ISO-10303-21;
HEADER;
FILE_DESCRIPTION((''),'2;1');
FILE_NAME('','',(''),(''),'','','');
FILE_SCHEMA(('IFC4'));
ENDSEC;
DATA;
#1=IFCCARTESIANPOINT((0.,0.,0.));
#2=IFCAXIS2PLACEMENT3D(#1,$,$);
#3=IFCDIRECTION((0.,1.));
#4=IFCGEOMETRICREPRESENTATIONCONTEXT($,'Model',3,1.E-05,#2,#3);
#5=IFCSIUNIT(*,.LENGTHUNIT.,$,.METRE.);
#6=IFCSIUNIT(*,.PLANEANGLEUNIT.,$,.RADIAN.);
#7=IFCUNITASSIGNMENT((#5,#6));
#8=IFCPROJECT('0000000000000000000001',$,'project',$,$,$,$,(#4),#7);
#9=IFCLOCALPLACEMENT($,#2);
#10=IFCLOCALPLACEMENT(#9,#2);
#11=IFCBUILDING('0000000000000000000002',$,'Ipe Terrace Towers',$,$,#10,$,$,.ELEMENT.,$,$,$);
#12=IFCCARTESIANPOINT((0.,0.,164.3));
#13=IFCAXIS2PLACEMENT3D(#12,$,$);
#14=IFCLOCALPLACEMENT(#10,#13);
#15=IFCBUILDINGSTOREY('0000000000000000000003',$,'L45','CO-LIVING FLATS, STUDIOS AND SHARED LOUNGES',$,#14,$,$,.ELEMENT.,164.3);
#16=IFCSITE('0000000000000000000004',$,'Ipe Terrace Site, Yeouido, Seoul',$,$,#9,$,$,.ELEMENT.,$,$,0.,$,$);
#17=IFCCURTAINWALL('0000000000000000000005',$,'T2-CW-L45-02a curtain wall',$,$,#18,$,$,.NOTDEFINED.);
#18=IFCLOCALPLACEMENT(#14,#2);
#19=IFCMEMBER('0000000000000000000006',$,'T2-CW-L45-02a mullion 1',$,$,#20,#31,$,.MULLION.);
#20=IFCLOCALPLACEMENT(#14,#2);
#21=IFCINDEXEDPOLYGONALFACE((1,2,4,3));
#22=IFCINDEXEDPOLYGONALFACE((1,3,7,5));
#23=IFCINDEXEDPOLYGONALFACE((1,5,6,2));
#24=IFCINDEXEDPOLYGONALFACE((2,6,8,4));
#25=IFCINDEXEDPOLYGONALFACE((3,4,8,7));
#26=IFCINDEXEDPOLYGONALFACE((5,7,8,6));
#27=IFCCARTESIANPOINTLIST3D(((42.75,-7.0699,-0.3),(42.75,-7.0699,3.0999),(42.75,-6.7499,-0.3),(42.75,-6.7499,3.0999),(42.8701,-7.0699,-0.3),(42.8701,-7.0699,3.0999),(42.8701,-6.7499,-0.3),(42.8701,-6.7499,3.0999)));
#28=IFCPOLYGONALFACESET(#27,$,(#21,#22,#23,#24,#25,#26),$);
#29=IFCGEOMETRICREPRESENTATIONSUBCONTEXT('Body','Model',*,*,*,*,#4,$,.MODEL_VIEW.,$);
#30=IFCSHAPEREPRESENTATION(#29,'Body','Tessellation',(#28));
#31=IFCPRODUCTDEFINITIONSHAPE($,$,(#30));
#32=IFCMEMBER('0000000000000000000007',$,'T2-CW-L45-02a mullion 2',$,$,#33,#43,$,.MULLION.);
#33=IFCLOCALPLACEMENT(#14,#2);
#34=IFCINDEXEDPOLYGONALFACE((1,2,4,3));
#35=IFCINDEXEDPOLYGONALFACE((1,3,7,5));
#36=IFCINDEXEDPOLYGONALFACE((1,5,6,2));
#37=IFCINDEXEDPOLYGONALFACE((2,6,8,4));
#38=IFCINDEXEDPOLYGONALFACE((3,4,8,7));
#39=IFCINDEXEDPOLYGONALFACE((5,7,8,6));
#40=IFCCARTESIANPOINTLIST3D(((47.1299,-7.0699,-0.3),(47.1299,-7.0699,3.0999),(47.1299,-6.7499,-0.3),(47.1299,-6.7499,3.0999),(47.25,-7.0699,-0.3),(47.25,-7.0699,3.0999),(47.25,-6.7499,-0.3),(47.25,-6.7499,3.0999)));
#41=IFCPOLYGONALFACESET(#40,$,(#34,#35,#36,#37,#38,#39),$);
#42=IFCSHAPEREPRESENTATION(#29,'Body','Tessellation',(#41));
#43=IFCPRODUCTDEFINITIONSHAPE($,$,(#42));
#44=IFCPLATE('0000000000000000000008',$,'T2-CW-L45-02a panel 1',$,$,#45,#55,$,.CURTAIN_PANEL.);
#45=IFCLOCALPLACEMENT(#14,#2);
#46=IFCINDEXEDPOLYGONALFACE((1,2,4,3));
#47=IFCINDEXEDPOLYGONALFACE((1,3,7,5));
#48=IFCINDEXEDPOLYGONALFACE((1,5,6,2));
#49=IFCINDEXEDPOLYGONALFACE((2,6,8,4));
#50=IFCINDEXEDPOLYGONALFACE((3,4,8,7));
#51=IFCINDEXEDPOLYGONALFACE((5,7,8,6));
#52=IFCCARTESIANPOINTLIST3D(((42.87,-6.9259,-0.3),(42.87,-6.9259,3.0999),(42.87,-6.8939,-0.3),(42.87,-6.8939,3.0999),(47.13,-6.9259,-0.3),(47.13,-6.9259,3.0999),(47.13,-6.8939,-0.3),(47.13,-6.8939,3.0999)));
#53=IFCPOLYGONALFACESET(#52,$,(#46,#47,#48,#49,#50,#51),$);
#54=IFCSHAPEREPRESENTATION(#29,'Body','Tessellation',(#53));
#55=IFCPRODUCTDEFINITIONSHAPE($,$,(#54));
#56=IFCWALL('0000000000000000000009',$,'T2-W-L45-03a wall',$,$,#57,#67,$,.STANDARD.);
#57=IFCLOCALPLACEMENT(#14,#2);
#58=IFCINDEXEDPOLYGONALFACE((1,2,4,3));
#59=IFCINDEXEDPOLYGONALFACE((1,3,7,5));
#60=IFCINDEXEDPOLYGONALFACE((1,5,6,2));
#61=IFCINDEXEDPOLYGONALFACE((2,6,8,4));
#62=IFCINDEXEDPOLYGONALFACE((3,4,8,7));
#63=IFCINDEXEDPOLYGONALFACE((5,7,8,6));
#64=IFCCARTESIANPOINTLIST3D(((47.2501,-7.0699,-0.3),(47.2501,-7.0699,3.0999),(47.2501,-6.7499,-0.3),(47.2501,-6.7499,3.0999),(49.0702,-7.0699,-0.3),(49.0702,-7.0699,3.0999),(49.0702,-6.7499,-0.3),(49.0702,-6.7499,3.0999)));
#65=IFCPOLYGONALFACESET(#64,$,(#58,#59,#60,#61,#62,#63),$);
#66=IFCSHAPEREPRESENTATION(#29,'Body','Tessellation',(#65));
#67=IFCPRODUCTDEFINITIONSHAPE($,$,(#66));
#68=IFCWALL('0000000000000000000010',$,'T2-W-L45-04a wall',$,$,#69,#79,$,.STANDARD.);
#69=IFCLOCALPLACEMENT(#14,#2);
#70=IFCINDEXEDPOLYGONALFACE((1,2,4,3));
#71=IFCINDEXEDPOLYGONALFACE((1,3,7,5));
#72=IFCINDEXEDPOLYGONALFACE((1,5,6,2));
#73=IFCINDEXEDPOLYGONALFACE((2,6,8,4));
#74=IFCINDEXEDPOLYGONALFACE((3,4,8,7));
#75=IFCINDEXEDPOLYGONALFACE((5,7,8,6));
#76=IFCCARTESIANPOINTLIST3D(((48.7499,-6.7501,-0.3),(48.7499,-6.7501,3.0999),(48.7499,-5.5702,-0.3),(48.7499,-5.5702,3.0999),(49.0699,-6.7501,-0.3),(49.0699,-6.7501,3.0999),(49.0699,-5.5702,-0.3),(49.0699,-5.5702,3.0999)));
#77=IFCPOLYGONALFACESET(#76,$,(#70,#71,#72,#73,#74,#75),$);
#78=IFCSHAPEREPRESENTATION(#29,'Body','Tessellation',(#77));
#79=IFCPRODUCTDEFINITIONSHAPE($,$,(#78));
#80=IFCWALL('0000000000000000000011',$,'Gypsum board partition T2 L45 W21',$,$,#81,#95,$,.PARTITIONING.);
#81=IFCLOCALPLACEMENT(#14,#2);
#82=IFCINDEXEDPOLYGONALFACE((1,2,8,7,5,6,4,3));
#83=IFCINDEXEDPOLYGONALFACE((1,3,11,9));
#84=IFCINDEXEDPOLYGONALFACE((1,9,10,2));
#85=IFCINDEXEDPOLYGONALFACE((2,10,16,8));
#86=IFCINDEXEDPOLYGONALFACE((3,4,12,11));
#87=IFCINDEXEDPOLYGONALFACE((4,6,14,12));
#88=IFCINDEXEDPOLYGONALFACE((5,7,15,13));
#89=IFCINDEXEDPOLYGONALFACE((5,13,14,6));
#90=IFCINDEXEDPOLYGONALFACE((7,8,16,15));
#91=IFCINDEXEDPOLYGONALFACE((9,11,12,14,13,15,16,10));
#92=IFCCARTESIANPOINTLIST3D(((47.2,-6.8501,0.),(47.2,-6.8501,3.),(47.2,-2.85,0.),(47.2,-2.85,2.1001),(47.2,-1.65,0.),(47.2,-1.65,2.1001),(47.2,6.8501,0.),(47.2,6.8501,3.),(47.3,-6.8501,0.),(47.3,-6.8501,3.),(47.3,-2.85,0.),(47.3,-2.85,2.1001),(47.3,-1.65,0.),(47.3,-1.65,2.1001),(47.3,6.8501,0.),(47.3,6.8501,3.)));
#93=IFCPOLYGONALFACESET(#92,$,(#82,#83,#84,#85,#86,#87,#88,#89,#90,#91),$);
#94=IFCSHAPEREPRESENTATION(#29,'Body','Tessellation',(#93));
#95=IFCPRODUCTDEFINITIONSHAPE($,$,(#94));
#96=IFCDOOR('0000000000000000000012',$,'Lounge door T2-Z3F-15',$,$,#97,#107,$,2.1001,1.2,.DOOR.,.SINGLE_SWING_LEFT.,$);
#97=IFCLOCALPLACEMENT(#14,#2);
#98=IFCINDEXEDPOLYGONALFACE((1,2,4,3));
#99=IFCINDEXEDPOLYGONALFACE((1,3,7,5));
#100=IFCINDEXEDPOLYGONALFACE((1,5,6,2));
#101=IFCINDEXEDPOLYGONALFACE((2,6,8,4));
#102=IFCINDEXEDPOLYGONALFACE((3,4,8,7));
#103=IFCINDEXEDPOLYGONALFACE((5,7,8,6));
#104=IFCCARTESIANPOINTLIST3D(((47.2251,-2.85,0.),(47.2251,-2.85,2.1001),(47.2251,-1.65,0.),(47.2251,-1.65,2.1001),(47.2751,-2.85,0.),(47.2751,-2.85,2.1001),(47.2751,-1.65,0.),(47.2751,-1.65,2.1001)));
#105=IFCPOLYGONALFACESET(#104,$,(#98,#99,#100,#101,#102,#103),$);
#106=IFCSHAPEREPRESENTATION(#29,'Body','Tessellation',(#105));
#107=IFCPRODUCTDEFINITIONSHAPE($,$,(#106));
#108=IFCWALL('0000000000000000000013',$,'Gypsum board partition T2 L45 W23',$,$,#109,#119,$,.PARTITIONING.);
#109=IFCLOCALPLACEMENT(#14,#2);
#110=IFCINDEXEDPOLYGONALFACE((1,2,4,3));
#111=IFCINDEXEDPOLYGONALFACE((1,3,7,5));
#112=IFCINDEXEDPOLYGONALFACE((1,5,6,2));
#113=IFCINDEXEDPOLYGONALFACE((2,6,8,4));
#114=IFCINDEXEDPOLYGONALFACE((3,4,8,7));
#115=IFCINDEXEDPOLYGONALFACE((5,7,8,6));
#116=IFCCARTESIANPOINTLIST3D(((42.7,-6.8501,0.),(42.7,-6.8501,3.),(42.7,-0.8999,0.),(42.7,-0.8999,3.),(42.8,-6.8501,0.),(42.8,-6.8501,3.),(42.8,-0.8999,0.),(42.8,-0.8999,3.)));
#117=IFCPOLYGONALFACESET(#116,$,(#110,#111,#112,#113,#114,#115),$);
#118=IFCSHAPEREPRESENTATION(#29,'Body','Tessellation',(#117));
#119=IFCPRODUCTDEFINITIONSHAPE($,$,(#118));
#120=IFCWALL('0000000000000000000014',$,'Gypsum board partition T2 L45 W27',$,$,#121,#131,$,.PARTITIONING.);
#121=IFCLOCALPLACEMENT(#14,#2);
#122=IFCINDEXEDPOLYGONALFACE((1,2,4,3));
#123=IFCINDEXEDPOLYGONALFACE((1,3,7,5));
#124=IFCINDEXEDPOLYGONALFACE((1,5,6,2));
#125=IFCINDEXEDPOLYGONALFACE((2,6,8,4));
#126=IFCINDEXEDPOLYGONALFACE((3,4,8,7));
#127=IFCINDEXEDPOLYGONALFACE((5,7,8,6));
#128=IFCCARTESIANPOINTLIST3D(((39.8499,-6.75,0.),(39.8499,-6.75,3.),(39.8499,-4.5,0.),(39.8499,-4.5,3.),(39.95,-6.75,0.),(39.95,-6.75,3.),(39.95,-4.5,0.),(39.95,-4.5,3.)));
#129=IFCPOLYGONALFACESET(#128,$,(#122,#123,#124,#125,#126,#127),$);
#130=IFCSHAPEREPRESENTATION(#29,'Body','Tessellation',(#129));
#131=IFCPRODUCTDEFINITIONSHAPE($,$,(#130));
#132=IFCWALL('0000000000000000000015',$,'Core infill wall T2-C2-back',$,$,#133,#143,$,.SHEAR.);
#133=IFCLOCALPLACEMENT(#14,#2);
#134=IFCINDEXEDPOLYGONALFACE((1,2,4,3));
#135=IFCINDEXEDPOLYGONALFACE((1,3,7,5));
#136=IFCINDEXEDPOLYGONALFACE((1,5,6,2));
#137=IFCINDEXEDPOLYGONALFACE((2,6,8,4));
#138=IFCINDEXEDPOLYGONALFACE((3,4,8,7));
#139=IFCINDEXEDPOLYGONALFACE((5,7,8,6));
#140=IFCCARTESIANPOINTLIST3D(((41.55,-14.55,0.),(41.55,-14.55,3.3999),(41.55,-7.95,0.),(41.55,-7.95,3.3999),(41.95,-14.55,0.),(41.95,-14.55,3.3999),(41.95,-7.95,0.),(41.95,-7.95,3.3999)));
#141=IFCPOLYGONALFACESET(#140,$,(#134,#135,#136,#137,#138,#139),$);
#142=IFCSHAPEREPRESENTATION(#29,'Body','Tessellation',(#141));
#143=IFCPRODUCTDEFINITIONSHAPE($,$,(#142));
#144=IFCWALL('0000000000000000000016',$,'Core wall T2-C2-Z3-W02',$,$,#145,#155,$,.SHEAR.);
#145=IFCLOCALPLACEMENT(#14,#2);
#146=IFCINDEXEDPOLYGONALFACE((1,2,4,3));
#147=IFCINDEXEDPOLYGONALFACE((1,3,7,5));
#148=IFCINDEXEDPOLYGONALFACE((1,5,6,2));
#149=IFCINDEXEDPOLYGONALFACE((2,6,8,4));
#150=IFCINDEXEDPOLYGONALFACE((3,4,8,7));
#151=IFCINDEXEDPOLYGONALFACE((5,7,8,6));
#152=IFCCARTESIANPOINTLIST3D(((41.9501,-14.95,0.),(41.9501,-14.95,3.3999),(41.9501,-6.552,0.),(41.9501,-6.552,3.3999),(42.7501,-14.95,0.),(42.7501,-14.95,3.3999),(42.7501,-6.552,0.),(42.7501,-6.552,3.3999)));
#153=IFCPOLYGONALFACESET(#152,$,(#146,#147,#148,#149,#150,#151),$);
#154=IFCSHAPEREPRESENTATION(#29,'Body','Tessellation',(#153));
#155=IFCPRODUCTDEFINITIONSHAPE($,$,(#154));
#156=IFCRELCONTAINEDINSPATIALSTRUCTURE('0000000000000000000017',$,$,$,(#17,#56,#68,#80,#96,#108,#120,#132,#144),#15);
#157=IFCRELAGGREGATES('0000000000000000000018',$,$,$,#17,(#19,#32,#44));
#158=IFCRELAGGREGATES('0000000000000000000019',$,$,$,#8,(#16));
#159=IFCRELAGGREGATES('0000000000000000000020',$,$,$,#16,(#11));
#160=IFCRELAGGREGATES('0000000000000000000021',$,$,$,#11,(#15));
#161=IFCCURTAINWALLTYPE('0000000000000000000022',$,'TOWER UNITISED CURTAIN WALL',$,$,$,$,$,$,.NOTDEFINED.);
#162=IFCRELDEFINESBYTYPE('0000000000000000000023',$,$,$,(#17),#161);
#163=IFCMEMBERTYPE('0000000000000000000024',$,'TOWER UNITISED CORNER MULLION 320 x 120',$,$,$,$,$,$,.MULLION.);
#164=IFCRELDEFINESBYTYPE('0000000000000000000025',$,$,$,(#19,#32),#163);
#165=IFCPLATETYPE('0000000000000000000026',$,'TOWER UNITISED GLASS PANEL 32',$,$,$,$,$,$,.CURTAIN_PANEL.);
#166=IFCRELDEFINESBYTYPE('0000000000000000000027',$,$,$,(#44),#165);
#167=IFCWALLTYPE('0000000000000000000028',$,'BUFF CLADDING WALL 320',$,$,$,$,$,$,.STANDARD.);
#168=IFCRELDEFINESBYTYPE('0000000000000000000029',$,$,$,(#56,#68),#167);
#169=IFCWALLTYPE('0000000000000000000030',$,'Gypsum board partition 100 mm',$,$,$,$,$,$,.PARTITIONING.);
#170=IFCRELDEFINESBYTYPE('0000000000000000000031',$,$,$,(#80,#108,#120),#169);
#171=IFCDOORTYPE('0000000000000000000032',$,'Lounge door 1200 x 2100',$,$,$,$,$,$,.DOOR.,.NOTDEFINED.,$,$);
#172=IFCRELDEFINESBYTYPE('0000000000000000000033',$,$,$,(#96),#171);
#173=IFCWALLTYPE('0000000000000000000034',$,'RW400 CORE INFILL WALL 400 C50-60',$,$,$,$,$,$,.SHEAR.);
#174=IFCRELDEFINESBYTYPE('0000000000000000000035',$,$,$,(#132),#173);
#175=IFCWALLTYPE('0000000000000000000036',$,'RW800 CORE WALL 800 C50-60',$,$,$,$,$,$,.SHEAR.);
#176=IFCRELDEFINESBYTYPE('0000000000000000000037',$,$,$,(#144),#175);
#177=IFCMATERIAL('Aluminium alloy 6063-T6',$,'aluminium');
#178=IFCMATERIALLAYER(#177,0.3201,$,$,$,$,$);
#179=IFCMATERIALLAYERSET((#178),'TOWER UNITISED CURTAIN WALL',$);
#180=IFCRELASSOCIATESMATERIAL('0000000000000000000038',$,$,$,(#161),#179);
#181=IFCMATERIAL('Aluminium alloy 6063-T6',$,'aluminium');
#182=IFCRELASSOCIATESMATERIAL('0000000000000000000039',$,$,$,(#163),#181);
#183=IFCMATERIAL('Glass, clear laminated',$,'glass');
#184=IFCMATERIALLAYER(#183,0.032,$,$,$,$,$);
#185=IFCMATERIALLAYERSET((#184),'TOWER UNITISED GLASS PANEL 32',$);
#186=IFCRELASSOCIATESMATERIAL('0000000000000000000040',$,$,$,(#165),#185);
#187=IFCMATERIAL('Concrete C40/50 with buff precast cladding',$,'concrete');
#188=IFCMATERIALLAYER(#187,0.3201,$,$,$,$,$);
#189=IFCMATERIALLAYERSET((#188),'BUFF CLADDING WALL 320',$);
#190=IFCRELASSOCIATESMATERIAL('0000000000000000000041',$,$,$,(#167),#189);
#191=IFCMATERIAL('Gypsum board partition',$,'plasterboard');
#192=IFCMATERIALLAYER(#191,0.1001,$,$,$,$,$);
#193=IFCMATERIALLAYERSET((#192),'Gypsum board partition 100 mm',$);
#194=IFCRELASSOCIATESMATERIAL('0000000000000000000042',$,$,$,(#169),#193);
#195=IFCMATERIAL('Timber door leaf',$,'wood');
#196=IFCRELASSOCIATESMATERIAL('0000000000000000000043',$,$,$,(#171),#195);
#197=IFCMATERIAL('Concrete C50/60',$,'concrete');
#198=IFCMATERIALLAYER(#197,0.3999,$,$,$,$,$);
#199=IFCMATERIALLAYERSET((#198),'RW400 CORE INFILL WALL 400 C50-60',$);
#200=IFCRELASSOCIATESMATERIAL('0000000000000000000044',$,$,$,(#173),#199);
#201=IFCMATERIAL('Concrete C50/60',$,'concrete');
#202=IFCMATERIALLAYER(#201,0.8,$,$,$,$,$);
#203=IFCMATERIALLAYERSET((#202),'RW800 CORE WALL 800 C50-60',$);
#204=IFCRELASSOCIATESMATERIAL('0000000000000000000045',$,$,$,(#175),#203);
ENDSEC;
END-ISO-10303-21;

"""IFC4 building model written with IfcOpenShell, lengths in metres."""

from ifc_helpers import new_model, si_unit, direction, frame, frame_2d, origin, origin_2d, place, context, subcontext, project, spatial, rectangle, extrude, material, layer, layer_set, material_profile, profile_set, type_object, element, fill, aggregate, save


model = new_model("IFC4")

# Units and contexts
model_context = context("Model", 3, precision=1e-05, world=origin(), true_north=direction((0.0, 1.0)))
body_context = subcontext(model_context, "Body", "Model", "MODEL_VIEW")
ifc_project = project(units=[si_unit("LENGTHUNIT", "METRE"), si_unit("PLANEANGLEUNIT", "RADIAN")], contexts=[model_context])

# Site, building, storey
site_placement = place(None, origin())
site = spatial("IfcSite", under=ifc_project, at=site_placement, Name="Ipe Terrace Site, Yeouido, Seoul", CompositionType="ELEMENT", RefElevation=0.0)
building_placement = place(site_placement, origin())
building = spatial("IfcBuilding", under=site, at=building_placement, Name="Ipe Terrace Towers", CompositionType="ELEMENT")
storey_placement = place(building_placement, frame((0.0, 0.0, 164.3)))
storey = spatial("IfcBuildingStorey", under=building, at=storey_placement, Name="L45", Description="CO-LIVING FLATS, STUDIOS AND SHARED LOUNGES", CompositionType="ELEMENT", Elevation=164.3)

# Curtain wall, members, plate
ifc_material_1 = material(Name="Aluminium alloy 6063-T6", Category="aluminium")
ifc_layer_1 = layer(ifc_material_1, 0.3201)
ifc_layer_set_1 = layer_set([ifc_layer_1], Name="TOWER UNITISED CURTAIN WALL")
curtain_wall_type = type_object("IfcCurtainWallType", Name="TOWER UNITISED CURTAIN WALL", PredefinedType="NOTDEFINED", material=ifc_layer_set_1)
curtain_wall_placement = place(storey_placement, origin())
curtain_wall = element("IfcCurtainWall", 1, at=curtain_wall_placement, inside=storey, type_object=curtain_wall_type, Name="T2-CW-L45-02a curtain wall", PredefinedType="NOTDEFINED")
ifc_material_2 = material(Name="Aluminium alloy 6063-T6", Category="aluminium")
ifc_material_profile = material_profile(ifc_material_2, rectangle(XDim=0.3201, YDim=0.1201, at=origin_2d()), Name="TOWER UNITISED CORNER MULLION 320 x 120")
ifc_profile_set = profile_set([ifc_material_profile], Name="Aluminium alloy 6063-T6")
member_type = type_object("IfcMemberType", Name="TOWER UNITISED CORNER MULLION 320 x 120", PredefinedType="MULLION", material=ifc_profile_set)
member_1_placement = place(storey_placement, frame((42.8101, -6.9099, -0.3), z_axis=(0.0, 0.0, 1.0), x_axis=(0.0, -1.0, 0.0)))
member_1 = element("IfcMember", 2, at=member_1_placement, type_object=member_type, Name="T2-CW-L45-02a mullion 1", PredefinedType="MULLION", context=body_context, shape_type="SweptSolid", body=[
    extrude(rectangle(XDim=0.3201, YDim=0.1201, at=origin_2d()), origin(), (0.0, 0.0, 1.0), 3.3999),
])
member_2_placement = place(storey_placement, frame((47.1899, -6.9099, -0.3), z_axis=(0.0, 0.0, 1.0), x_axis=(0.0, -1.0, 0.0)))
member_2 = element("IfcMember", 3, at=member_2_placement, type_object=member_type, Name="T2-CW-L45-02a mullion 2", PredefinedType="MULLION", context=body_context, shape_type="SweptSolid", body=[
    extrude(rectangle(XDim=0.3201, YDim=0.1201, at=origin_2d()), origin(), (0.0, 0.0, 1.0), 3.3999),
])
ifc_material_3 = material(Name="Glass, clear laminated", Category="glass")
ifc_layer_2 = layer(ifc_material_3, 0.032)
ifc_layer_set_2 = layer_set([ifc_layer_2], Name="TOWER UNITISED GLASS PANEL 32")
plate_type = type_object("IfcPlateType", Name="TOWER UNITISED GLASS PANEL 32", PredefinedType="CURTAIN_PANEL", material=ifc_layer_set_2)
plate_placement = place(storey_placement, frame((45.0, -6.9099, -0.3), z_axis=(0.0, 0.0, 1.0), x_axis=(1.0, 0.0, 0.0)))
plate = element("IfcPlate", 4, at=plate_placement, type_object=plate_type, Name="T2-CW-L45-02a panel 1", PredefinedType="CURTAIN_PANEL", context=body_context, shape_type="SweptSolid", body=[
    extrude(rectangle(XDim=4.26, YDim=0.032, at=origin_2d()), origin(), (0.0, 0.0, 1.0), 3.3999),
])
aggregate(curtain_wall, [member_1, member_2, plate])

# Walls
ifc_material_4 = material(Name="Concrete C40/50 with buff precast cladding", Category="concrete")
ifc_layer_3 = layer(ifc_material_4, 0.3201)
ifc_layer_set_3 = layer_set([ifc_layer_3], Name="BUFF CLADDING WALL 320")
wall_type_1 = type_object("IfcWallType", Name="BUFF CLADDING WALL 320", PredefinedType="STANDARD", material=ifc_layer_set_3)
wall_1_placement = place(storey_placement, frame((47.25, -6.9099, -0.3), z_axis=(0.0, 0.0, 1.0), x_axis=(1.0, 0.0, 0.0)))
element("IfcWall", 5, at=wall_1_placement, inside=storey, type_object=wall_type_1, Name="T2-W-L45-03a wall", PredefinedType="STANDARD", context=body_context, shape_type="SweptSolid", body=[
    extrude(rectangle(XDim=1.8201, YDim=0.3201, at=frame_2d((0.9102, 0.0))), origin(), (0.0, 0.0, 1.0), 3.3999),
])
wall_2_placement = place(storey_placement, frame((48.9099, -6.75, -0.3), z_axis=(0.0, 0.0, 1.0), x_axis=(0.0, 1.0, 0.0)))
element("IfcWall", 6, at=wall_2_placement, inside=storey, type_object=wall_type_1, Name="T2-W-L45-04a wall", PredefinedType="STANDARD", context=body_context, shape_type="SweptSolid", body=[
    extrude(rectangle(XDim=1.1799, YDim=0.3201, at=frame_2d((0.5898, 0.0))), origin(), (0.0, 0.0, 1.0), 3.3999),
])

# Wall, opening, door
ifc_material_5 = material(Name="Gypsum board partition", Category="plasterboard")
ifc_layer_4 = layer(ifc_material_5, 0.1001)
ifc_layer_set_4 = layer_set([ifc_layer_4], Name="Gypsum board partition 100 mm")
wall_type_2 = type_object("IfcWallType", Name="Gypsum board partition 100 mm", PredefinedType="PARTITIONING", material=ifc_layer_set_4)
wall_3_placement = place(storey_placement, frame((47.25, -6.8501, 0.0), z_axis=(0.0, 0.0, 1.0), x_axis=(0.0, 1.0, 0.0)))
wall_3 = element("IfcWall", 7, at=wall_3_placement, inside=storey, type_object=wall_type_2, Name="Gypsum board partition T2 L45 W21", PredefinedType="PARTITIONING", context=body_context, shape_type="SweptSolid", body=[
    extrude(rectangle(XDim=13.7002, YDim=0.1001, at=frame_2d((6.8501, 0.0))), origin(), (0.0, 0.0, 1.0), 3.0),
])
opening_1_placement = place(wall_3_placement, frame((4.0, 0.0, 0.0)))
opening_1 = element("IfcOpeningElement", 8, at=opening_1_placement, cuts=wall_3, PredefinedType="OPENING", context=body_context, shape_type="SweptSolid", body=[
    extrude(rectangle(XDim=1.2, YDim=2.1001, at=frame_2d((0.6001, 1.05))), frame((0.0, 0.0601, 0.0), z_axis=(0.0, -1.0, 0.0), x_axis=(1.0, 0.0, 0.0)), (0.0, 0.0, 1.0), 0.1201),
])
ifc_material_6 = material(Name="Timber door leaf", Category="wood")
door_type_1 = type_object("IfcDoorType", Name="Lounge door 1200 x 2100", OperationType="NOTDEFINED", PredefinedType="DOOR", material=ifc_material_6)
door_1_placement = place(opening_1_placement, origin())
door_1 = element("IfcDoor", 9, at=door_1_placement, inside=storey, type_object=door_type_1, Name="Lounge door T2-Z3F-15", OperationType="SINGLE_SWING_LEFT", OverallHeight=2.1001, OverallWidth=1.2, PredefinedType="DOOR", context=body_context, shape_type="SweptSolid", body=[
    extrude(rectangle(XDim=1.2, YDim=2.1001, at=frame_2d((0.6001, 1.05))), frame((0.0, 0.0249, 0.0), z_axis=(0.0, -1.0, 0.0), x_axis=(1.0, 0.0, 0.0)), (0.0, 0.0, 1.0), 0.05),
])
fill(opening_1, door_1)

# Walls
wall_4_placement = place(storey_placement, frame((42.75, -6.8501, 0.0), z_axis=(0.0, 0.0, 1.0), x_axis=(0.0, 1.0, 0.0)))
element("IfcWall", 10, at=wall_4_placement, inside=storey, type_object=wall_type_2, Name="Gypsum board partition T2 L45 W23", PredefinedType="PARTITIONING", context=body_context, shape_type="SweptSolid", body=[
    extrude(rectangle(XDim=5.9502, YDim=0.1001, at=frame_2d((2.9751, 0.0))), origin(), (0.0, 0.0, 1.0), 3.0),
])
wall_5_placement = place(storey_placement, frame((39.8999, -6.75, 0.0), z_axis=(0.0, 0.0, 1.0), x_axis=(0.0, 1.0, 0.0)))
element("IfcWall", 11, at=wall_5_placement, inside=storey, type_object=wall_type_2, Name="Gypsum board partition T2 L45 W27", PredefinedType="PARTITIONING", context=body_context, shape_type="SweptSolid", body=[
    extrude(rectangle(XDim=2.25, YDim=0.1001, at=frame_2d((1.125, 0.0))), origin(), (0.0, 0.0, 1.0), 3.0),
])
ifc_material_7 = material(Name="Concrete C50/60", Category="concrete")
ifc_layer_5 = layer(ifc_material_7, 0.3999)
ifc_layer_set_5 = layer_set([ifc_layer_5], Name="RW400 CORE INFILL WALL 400 C50-60")
wall_type_3 = type_object("IfcWallType", Name="RW400 CORE INFILL WALL 400 C50-60", PredefinedType="SHEAR", material=ifc_layer_set_5)
wall_6_placement = place(storey_placement, frame((41.75, -7.95, 0.0), z_axis=(0.0, 0.0, 1.0), x_axis=(0.0, -1.0, 0.0)))
element("IfcWall", 12, at=wall_6_placement, inside=storey, type_object=wall_type_3, Name="Core infill wall T2-C2-back", PredefinedType="SHEAR", context=body_context, shape_type="SweptSolid", body=[
    extrude(rectangle(XDim=6.6001, YDim=0.3999, at=frame_2d((3.3, 0.0))), origin(), (0.0, 0.0, 1.0), 3.3999),
])
ifc_material_8 = material(Name="Concrete C50/60", Category="concrete")
ifc_layer_6 = layer(ifc_material_8, 0.8)
ifc_layer_set_6 = layer_set([ifc_layer_6], Name="RW800 CORE WALL 800 C50-60")
wall_type_4 = type_object("IfcWallType", Name="RW800 CORE WALL 800 C50-60", PredefinedType="SHEAR", material=ifc_layer_set_6)
wall_7_placement = place(storey_placement, frame((42.3501, -14.95, 0.0), z_axis=(0.0, 0.0, 1.0), x_axis=(0.0, 1.0, 0.0)))
element("IfcWall", 13, at=wall_7_placement, inside=storey, type_object=wall_type_4, Name="Core wall T2-C2-Z3-W02", PredefinedType="SHEAR", context=body_context, shape_type="SweptSolid", body=[
    extrude(rectangle(XDim=8.3979, YDim=0.8, at=frame_2d((4.199, 0.0))), origin(), (0.0, 0.0, 1.0), 3.3999),
])

save(model, "model.ifc")
